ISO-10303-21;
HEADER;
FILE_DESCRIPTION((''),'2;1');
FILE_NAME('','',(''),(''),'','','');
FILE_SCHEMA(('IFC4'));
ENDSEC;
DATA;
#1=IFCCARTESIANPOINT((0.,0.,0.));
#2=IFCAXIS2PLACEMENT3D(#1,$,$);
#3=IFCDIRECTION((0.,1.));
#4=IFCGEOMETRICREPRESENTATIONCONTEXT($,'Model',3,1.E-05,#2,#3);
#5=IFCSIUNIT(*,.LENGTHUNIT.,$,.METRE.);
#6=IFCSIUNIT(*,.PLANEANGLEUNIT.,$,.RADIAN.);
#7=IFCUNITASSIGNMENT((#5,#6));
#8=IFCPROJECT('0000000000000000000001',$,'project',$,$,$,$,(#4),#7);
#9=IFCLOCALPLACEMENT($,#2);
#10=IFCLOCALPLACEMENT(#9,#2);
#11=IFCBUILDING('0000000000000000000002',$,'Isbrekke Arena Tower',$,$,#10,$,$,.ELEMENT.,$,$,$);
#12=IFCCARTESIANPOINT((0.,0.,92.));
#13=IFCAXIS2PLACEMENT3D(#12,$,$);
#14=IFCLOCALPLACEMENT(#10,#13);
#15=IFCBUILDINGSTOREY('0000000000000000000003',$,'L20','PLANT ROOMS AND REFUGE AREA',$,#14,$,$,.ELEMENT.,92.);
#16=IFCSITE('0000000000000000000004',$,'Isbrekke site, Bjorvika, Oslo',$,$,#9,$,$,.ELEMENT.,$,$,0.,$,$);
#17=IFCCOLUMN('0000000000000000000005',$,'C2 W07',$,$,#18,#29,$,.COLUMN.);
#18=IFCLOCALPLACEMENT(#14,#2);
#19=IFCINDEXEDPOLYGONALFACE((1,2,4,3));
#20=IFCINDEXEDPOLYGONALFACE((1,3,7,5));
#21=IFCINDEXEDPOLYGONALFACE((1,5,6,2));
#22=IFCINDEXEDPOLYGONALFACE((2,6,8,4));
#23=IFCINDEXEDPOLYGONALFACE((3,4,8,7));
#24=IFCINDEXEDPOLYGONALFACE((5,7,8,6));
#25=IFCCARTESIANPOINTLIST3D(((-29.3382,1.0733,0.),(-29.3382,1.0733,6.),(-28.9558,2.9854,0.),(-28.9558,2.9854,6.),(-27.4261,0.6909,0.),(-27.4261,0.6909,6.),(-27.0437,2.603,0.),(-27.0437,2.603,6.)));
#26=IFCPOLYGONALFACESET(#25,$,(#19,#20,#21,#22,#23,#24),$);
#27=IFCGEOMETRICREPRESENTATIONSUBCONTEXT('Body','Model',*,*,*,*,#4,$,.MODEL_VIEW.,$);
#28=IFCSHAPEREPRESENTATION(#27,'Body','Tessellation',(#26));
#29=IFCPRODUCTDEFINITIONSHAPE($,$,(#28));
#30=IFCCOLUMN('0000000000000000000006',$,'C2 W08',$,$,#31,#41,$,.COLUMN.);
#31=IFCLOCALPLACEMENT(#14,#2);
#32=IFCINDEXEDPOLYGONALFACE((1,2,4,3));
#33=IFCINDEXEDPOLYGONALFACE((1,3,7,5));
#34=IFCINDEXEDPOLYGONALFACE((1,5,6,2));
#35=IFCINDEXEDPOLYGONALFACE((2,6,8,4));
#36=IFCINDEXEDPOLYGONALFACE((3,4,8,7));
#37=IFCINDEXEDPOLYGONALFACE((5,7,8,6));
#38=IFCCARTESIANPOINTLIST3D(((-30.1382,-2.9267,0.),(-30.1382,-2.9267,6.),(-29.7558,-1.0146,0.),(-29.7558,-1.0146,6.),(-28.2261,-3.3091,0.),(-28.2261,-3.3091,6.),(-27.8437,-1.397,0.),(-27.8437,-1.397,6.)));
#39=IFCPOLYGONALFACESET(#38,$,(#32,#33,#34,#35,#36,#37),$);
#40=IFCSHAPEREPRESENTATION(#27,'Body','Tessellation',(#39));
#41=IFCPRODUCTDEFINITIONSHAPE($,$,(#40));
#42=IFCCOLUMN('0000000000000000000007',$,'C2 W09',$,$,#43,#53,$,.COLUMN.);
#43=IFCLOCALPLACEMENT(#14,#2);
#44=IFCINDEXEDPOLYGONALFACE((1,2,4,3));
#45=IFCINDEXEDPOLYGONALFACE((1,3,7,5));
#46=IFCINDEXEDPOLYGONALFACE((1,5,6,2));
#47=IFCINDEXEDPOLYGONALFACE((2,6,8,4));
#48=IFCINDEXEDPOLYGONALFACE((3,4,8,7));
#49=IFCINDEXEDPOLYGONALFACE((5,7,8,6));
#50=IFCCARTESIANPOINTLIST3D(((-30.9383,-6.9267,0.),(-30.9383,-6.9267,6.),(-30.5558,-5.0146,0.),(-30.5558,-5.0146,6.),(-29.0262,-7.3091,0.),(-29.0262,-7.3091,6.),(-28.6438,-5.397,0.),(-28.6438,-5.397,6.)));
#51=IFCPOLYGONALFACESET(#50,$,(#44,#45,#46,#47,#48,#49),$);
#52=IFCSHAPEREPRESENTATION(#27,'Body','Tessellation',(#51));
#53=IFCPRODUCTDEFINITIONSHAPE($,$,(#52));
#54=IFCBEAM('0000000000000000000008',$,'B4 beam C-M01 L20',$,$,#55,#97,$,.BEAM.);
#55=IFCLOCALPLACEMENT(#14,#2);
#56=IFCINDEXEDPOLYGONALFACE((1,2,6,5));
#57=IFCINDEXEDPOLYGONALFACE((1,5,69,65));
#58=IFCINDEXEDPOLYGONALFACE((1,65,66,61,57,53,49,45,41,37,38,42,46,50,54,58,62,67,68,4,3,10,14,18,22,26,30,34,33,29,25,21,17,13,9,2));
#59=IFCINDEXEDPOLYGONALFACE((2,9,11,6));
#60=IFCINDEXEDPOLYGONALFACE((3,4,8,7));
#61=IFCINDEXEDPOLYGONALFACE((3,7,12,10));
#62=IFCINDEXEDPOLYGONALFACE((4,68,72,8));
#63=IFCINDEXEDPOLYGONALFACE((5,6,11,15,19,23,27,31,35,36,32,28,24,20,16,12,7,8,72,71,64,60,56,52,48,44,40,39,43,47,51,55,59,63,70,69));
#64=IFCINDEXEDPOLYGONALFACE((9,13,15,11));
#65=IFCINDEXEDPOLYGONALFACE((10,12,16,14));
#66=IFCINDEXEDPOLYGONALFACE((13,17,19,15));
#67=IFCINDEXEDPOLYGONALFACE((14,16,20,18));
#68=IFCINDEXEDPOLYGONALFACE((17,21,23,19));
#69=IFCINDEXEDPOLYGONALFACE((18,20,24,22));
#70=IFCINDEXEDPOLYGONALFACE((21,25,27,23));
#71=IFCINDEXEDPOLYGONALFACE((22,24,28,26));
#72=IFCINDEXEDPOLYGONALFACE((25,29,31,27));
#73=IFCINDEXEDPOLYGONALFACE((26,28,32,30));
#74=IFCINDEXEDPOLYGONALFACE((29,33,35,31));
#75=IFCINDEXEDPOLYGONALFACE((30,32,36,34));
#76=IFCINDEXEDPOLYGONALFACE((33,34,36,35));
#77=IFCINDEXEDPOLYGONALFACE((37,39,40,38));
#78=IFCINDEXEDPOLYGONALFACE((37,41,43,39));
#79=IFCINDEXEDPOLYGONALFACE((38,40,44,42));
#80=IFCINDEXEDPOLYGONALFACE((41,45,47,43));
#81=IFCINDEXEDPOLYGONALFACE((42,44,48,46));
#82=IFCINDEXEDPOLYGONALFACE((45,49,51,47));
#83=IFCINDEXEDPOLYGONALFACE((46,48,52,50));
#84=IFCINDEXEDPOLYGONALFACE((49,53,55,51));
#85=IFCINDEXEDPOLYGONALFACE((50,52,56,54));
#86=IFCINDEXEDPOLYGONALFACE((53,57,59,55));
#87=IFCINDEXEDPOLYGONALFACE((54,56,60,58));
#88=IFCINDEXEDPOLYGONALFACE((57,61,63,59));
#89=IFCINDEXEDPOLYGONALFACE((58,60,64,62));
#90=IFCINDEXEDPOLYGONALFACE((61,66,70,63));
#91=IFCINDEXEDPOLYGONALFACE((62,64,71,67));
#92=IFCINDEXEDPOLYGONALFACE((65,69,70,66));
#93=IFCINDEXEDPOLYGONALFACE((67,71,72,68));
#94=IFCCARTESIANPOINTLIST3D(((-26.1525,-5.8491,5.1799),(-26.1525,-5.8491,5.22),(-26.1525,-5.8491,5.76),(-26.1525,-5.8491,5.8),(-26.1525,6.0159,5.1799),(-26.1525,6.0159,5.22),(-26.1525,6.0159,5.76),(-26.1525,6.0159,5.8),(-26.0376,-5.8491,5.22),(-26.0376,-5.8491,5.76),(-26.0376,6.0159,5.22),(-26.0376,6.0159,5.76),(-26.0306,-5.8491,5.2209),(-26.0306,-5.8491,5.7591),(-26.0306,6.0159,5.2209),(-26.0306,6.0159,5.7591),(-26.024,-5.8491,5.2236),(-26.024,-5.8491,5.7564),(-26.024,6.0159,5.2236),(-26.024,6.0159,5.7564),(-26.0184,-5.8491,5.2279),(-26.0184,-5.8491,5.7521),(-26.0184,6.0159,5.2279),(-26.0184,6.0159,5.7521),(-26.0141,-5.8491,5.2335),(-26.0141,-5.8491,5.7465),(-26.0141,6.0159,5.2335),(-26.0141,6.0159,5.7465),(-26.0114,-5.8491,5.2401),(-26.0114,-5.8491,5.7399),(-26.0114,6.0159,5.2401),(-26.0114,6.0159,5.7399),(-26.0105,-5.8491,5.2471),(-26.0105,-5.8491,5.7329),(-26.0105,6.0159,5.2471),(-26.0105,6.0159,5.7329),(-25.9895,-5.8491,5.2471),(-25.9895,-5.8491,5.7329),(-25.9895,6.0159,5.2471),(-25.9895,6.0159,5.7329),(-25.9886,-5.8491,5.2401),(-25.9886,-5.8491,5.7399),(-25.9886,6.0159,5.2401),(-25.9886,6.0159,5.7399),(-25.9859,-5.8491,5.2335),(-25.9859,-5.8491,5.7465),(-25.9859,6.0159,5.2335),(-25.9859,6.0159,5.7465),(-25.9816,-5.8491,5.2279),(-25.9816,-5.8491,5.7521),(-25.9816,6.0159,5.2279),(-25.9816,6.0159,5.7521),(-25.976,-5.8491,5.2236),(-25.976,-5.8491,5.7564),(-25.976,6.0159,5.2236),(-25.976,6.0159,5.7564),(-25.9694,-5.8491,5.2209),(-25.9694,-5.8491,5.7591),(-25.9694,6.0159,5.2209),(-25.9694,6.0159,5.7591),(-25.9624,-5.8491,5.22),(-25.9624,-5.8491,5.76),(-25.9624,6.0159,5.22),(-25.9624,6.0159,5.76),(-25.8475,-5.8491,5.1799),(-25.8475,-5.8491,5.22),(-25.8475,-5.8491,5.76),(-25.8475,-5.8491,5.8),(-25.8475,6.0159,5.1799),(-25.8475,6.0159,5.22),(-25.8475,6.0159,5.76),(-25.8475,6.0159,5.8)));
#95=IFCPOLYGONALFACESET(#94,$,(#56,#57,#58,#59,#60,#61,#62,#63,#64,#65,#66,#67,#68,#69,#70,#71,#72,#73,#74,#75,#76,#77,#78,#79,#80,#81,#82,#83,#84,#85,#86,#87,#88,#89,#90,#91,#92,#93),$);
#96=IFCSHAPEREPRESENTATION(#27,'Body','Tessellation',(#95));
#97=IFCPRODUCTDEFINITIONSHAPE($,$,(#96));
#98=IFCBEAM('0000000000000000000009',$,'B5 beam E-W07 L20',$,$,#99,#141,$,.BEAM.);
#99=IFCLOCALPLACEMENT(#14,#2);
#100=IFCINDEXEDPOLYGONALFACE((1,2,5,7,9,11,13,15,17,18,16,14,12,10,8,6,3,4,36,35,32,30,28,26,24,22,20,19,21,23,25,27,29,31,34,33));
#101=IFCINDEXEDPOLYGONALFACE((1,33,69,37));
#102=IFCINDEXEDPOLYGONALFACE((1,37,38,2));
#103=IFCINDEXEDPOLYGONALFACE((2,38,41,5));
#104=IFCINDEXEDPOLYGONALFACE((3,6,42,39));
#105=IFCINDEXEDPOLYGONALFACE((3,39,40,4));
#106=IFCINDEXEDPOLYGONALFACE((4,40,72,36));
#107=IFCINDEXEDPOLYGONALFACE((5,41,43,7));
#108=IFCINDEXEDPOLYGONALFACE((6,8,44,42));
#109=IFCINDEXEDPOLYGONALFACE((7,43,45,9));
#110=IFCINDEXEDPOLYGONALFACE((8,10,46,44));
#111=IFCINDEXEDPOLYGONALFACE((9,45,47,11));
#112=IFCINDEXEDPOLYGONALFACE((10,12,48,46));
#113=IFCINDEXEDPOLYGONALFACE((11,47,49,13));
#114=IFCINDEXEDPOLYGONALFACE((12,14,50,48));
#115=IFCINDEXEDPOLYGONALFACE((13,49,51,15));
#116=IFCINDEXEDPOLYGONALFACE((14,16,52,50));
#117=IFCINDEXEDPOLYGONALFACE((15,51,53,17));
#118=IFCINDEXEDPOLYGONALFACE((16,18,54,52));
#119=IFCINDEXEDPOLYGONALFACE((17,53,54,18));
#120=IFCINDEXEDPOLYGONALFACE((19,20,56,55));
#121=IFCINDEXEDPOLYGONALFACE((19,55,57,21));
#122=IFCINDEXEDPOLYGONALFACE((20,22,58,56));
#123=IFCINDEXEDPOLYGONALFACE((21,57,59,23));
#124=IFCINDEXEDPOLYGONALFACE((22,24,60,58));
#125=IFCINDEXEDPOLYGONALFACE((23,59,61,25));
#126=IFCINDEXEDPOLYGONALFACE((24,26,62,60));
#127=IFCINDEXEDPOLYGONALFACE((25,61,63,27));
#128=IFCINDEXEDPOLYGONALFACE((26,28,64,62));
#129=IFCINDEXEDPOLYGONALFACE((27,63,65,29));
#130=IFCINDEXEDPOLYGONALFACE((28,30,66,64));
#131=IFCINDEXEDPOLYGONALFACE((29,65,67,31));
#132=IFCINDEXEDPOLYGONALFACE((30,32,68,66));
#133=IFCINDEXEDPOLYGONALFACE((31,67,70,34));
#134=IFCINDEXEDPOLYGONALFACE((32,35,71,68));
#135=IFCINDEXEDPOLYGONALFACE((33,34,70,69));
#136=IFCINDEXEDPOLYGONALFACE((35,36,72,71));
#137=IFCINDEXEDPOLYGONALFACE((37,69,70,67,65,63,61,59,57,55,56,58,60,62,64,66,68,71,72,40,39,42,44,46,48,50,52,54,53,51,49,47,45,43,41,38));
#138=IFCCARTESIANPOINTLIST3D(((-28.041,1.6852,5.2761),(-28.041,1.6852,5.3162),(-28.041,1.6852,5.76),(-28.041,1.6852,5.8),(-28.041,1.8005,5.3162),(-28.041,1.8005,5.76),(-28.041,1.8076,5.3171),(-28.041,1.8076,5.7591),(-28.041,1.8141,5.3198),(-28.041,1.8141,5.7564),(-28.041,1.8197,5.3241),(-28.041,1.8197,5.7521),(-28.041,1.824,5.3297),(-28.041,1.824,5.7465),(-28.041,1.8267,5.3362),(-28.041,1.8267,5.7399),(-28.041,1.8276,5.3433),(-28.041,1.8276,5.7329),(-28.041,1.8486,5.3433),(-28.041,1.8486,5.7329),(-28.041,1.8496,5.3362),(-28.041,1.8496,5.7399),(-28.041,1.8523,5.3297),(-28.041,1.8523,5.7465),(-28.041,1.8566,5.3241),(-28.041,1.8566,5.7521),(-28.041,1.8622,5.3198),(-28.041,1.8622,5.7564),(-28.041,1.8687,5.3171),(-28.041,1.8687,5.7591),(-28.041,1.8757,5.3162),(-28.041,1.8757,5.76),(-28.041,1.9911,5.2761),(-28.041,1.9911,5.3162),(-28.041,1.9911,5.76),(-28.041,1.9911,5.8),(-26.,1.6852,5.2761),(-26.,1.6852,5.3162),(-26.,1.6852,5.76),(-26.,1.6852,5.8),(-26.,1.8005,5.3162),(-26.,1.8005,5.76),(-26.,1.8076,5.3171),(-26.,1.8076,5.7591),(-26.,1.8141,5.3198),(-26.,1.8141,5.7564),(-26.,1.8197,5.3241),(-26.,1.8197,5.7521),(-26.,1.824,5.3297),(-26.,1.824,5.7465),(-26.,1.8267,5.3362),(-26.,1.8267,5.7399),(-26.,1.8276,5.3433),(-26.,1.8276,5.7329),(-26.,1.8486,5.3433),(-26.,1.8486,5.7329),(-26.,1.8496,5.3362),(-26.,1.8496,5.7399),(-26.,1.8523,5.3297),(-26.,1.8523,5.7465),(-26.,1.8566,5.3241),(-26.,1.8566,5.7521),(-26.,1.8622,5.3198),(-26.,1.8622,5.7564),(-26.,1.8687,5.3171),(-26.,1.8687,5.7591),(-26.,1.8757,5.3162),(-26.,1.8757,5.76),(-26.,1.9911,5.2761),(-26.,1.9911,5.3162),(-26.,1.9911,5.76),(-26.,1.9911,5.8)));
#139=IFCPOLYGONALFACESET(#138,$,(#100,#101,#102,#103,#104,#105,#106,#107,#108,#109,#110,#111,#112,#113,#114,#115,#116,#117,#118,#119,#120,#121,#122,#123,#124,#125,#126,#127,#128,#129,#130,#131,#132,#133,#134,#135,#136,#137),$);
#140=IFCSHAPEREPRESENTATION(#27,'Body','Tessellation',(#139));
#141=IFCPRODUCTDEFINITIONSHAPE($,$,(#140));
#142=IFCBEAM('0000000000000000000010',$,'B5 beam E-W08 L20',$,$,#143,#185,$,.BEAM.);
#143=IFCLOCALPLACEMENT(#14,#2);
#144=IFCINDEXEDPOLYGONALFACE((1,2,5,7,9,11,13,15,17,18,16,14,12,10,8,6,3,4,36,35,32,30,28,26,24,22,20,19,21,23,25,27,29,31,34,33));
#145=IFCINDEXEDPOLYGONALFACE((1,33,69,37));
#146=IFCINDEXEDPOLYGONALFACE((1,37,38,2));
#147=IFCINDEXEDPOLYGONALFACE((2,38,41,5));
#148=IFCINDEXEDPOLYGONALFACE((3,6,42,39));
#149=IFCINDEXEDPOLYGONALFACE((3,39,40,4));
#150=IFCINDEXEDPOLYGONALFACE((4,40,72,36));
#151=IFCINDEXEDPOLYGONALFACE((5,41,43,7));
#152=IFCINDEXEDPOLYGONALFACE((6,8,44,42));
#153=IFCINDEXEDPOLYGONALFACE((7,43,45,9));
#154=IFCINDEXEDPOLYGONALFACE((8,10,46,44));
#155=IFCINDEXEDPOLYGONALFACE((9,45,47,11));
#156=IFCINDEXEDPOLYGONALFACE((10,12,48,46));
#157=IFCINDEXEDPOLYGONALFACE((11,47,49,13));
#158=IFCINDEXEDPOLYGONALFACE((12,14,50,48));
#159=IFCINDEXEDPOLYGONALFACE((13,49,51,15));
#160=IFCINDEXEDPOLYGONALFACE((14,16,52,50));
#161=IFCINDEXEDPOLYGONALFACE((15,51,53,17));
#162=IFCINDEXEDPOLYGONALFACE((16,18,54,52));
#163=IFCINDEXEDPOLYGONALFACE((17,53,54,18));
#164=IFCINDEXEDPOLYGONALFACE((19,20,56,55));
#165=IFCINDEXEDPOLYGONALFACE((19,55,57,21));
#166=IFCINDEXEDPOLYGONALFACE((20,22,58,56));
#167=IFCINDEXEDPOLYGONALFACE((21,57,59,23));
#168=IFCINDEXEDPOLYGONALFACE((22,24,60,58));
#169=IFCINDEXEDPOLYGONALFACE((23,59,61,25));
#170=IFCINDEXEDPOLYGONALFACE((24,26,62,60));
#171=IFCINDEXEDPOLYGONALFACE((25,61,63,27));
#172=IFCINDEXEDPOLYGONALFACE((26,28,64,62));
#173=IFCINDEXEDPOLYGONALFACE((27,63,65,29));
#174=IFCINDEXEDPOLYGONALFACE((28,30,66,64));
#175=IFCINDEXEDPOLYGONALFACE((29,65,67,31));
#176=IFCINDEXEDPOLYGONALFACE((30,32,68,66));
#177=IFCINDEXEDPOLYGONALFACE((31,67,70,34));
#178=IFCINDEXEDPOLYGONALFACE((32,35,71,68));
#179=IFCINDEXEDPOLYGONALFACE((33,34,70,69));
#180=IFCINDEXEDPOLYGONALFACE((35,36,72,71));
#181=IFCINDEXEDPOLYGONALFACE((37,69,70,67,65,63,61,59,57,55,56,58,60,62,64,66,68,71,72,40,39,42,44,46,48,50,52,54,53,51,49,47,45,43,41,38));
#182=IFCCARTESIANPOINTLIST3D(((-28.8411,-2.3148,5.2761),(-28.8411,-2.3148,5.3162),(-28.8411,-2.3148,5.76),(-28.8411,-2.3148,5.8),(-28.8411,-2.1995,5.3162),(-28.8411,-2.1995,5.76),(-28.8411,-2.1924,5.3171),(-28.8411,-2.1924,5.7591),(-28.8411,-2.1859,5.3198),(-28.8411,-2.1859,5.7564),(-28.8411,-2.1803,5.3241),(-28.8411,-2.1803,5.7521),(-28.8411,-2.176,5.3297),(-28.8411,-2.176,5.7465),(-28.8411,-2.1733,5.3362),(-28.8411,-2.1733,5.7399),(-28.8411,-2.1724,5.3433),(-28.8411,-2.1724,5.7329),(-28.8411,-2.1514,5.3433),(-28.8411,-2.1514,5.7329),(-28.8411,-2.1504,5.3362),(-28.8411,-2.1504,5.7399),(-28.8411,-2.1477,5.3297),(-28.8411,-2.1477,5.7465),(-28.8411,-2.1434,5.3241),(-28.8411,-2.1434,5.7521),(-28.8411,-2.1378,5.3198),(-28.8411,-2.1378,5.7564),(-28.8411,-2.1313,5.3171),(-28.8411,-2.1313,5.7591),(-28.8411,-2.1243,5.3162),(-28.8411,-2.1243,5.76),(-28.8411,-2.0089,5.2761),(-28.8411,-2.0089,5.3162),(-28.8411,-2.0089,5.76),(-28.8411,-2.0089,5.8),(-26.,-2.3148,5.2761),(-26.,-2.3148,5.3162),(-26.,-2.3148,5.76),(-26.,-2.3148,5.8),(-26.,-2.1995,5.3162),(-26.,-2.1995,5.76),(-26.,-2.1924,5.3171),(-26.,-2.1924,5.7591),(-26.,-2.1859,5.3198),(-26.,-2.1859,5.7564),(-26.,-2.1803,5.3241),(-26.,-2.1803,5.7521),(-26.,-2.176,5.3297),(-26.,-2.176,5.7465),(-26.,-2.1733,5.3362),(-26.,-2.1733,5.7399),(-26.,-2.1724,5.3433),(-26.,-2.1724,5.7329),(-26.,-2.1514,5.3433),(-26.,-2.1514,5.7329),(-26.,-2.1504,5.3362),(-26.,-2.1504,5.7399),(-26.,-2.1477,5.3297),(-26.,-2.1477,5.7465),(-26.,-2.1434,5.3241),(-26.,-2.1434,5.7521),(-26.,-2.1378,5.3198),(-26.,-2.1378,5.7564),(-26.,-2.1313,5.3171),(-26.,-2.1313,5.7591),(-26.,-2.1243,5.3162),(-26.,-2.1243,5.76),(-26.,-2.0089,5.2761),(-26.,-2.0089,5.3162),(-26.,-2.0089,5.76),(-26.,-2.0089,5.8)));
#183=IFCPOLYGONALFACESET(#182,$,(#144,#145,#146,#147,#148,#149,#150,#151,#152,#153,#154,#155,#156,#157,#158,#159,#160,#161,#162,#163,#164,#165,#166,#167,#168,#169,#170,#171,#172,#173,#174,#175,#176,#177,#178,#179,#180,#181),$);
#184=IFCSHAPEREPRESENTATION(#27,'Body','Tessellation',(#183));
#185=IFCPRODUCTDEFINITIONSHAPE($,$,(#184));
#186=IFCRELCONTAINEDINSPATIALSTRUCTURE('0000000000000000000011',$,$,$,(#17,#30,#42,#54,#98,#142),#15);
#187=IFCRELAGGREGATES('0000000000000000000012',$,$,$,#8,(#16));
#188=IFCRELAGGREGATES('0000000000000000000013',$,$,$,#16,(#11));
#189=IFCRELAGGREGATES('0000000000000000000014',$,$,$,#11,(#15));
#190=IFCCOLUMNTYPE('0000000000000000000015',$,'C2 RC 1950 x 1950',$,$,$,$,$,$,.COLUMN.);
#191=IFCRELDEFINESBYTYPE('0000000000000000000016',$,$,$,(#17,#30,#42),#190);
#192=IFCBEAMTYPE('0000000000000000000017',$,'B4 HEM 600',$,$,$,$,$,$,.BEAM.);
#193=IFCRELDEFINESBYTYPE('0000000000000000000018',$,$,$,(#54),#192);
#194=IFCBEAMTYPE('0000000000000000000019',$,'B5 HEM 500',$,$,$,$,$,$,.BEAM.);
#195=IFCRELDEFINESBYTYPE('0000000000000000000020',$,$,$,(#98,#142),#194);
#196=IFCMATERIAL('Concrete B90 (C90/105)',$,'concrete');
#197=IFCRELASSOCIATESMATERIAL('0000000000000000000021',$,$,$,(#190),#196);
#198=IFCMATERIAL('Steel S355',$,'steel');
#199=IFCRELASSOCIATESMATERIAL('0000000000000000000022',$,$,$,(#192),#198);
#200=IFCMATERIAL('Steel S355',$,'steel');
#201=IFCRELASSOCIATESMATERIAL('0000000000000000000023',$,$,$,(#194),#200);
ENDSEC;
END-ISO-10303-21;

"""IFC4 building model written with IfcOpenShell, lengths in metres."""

from ifc_helpers import new_model, si_unit, direction, frame, origin, origin_2d, place, context, subcontext, project, spatial, rectangle, i_section, extrude, material, material_profile, profile_set, type_object, element, save


model = new_model("IFC4")

# Units and contexts
model_context = context("Model", 3, precision=1e-05, world=origin(), true_north=direction((0.0, 1.0)))
body_context = subcontext(model_context, "Body", "Model", "MODEL_VIEW")
ifc_project = project(units=[si_unit("LENGTHUNIT", "METRE"), si_unit("PLANEANGLEUNIT", "RADIAN")], contexts=[model_context])

# Site, building, storey
site_placement = place(None, origin())
site = spatial("IfcSite", under=ifc_project, at=site_placement, Name="Isbrekke site, Bjorvika, Oslo", CompositionType="ELEMENT", RefElevation=0.0)
building_placement = place(site_placement, origin())
building = spatial("IfcBuilding", under=site, at=building_placement, Name="Isbrekke Arena Tower", CompositionType="ELEMENT")
storey_placement = place(building_placement, frame((0.0, 0.0, 92.0)))
storey = spatial("IfcBuildingStorey", under=building, at=storey_placement, Name="L20", Description="PLANT ROOMS AND REFUGE AREA", CompositionType="ELEMENT", Elevation=92.0)

# Columns
ifc_material_1 = material(Name="Concrete B90 (C90/105)", Category="concrete")
ifc_material_profile_1 = material_profile(ifc_material_1, rectangle(XDim=1.95, YDim=1.95, at=origin_2d()), Name="RC 1950x1950")
ifc_profile_set_1 = profile_set([ifc_material_profile_1], Name="Concrete B90 (C90/105)")
column_type = type_object("IfcColumnType", Name="C2 RC 1950 x 1950", PredefinedType="COLUMN", material=ifc_profile_set_1)
for number, where, z_axis, x_axis, name in (
    (1, (-28.1909, 1.8381, 0.0), (0.0, 0.0, 1.0), (-0.196116, -0.980581, 0.0), "C2 W07"),
    (2, (-28.991, -2.1619, 0.0), (0.0, 0.0, 1.0), (-0.196116, -0.980581, 0.0), "C2 W08"),
    (3, (-29.791, -6.1619, 0.0), (0.0, 0.0, 1.0), (-0.196116, -0.980581, 0.0), "C2 W09"),
):
    element("IfcColumn", number, at=place(storey_placement, frame(where, z_axis=z_axis, x_axis=x_axis)), inside=storey, type_object=column_type, Name=name, PredefinedType="COLUMN", context=body_context, shape_type="SweptSolid", body=[
        extrude(rectangle(XDim=1.95, YDim=1.95, at=origin_2d()), origin(), (0.0, 0.0, 1.0), 6.0),
    ])

# Beams
ifc_material_2 = material(Name="Steel S355", Category="steel")
ifc_material_profile_2 = material_profile(ifc_material_2, i_section(OverallWidth=0.3049, OverallDepth=0.6201, WebThickness=0.021, FlangeThickness=0.04, FilletRadius=0.0271, at=origin_2d()), Name="HEM 600")
ifc_profile_set_2 = profile_set([ifc_material_profile_2], Name="Steel S355")
beam_type_1 = type_object("IfcBeamType", Name="B4 HEM 600", PredefinedType="BEAM", material=ifc_profile_set_2)
beam_1_placement = place(storey_placement, frame((-26.0, -5.8491, 5.49), z_axis=(0.0, 1.0, 0.0), x_axis=(-1.0, 0.0, 0.0)))
element("IfcBeam", 4, at=beam_1_placement, inside=storey, type_object=beam_type_1, Name="B4 beam C-M01 L20", PredefinedType="BEAM", context=body_context, shape_type="SweptSolid", body=[
    extrude(i_section(OverallWidth=0.3049, OverallDepth=0.6201, WebThickness=0.021, FlangeThickness=0.04, FilletRadius=0.0271, at=origin_2d()), origin(), (0.0, 0.0, 1.0), 11.865),
])
ifc_material_3 = material(Name="Steel S355", Category="steel")
ifc_material_profile_3 = material_profile(ifc_material_3, i_section(OverallWidth=0.3059, OverallDepth=0.5239, WebThickness=0.021, FlangeThickness=0.04, FilletRadius=0.0271, at=origin_2d()), Name="HEM 500")
ifc_profile_set_3 = profile_set([ifc_material_profile_3], Name="Steel S355")
beam_type_2 = type_object("IfcBeamType", Name="B5 HEM 500", PredefinedType="BEAM", material=ifc_profile_set_3)
beam_2_placement = place(storey_placement, frame((-28.041, 1.8381, 5.5381), z_axis=(1.0, 0.0, 0.0), x_axis=(0.0, 1.0, 0.0)))
element("IfcBeam", 5, at=beam_2_placement, inside=storey, type_object=beam_type_2, Name="B5 beam E-W07 L20", PredefinedType="BEAM", context=body_context, shape_type="SweptSolid", body=[
    extrude(i_section(OverallWidth=0.3059, OverallDepth=0.5239, WebThickness=0.021, FlangeThickness=0.04, FilletRadius=0.0271, at=origin_2d()), origin(), (0.0, 0.0, 1.0), 2.041),
])
beam_3_placement = place(storey_placement, frame((-28.8411, -2.1619, 5.5381), z_axis=(1.0, 0.0, 0.0), x_axis=(0.0, 1.0, 0.0)))
element("IfcBeam", 6, at=beam_3_placement, inside=storey, type_object=beam_type_2, Name="B5 beam E-W08 L20", PredefinedType="BEAM", context=body_context, shape_type="SweptSolid", body=[
    extrude(i_section(OverallWidth=0.3059, OverallDepth=0.5239, WebThickness=0.021, FlangeThickness=0.04, FilletRadius=0.0271, at=origin_2d()), origin(), (0.0, 0.0, 1.0), 2.8411),
])

save(model, "model.ifc")
